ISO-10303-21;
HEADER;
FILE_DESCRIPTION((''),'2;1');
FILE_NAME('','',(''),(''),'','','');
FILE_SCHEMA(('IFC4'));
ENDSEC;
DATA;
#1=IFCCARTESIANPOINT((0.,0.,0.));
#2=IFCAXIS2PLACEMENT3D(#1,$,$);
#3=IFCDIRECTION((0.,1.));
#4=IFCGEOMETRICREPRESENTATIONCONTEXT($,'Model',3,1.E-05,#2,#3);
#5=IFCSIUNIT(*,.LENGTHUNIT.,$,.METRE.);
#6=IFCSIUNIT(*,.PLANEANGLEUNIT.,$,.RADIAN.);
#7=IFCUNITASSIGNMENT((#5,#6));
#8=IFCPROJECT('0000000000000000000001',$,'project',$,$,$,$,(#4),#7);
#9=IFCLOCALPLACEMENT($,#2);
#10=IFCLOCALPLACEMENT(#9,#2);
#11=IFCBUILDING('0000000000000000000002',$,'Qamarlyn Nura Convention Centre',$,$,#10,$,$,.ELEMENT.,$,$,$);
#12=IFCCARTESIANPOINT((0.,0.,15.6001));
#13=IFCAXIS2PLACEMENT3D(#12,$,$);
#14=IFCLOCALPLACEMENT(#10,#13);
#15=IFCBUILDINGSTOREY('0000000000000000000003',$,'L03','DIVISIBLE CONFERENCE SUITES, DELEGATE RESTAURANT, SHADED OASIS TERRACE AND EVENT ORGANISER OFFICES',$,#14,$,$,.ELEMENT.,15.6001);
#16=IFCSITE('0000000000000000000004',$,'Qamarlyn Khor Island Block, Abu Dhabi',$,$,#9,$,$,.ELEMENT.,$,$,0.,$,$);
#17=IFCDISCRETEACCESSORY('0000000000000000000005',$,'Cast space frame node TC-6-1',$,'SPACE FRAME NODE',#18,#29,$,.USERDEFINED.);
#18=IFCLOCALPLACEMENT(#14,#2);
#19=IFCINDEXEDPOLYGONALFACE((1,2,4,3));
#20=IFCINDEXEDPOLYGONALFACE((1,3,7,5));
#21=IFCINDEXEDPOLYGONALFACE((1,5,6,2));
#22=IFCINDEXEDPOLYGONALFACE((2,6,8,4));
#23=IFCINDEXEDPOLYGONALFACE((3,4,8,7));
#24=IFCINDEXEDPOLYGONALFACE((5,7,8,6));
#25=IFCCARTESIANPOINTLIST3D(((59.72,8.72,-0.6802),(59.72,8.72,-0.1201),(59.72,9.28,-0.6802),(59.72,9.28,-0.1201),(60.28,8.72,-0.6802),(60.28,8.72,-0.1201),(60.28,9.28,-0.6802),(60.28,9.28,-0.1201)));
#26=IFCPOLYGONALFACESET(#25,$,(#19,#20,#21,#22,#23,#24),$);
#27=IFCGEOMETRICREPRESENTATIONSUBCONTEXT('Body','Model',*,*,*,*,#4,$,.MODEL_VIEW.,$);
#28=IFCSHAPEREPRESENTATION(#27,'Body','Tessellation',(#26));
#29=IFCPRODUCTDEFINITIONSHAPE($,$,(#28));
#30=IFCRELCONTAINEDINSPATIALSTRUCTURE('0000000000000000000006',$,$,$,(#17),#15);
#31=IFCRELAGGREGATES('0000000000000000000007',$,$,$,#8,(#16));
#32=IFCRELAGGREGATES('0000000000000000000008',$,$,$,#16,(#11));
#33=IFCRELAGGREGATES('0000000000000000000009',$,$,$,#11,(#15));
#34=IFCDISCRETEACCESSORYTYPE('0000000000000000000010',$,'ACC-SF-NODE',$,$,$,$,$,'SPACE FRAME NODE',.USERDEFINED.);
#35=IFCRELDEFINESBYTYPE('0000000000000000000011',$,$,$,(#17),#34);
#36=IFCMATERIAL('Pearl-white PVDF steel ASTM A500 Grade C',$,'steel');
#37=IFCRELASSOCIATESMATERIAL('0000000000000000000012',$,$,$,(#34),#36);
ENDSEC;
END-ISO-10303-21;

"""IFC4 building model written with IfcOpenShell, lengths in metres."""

from ifc_helpers import new_model, si_unit, direction, frame, origin, origin_2d, place, context, subcontext, project, spatial, rectangle, extrude, material, type_object, element, save


model = new_model("IFC4")

# Units and contexts
model_context = context("Model", 3, precision=1e-05, world=origin(), true_north=direction((0.0, 1.0)))
body_context = subcontext(model_context, "Body", "Model", "MODEL_VIEW")
ifc_project = project(units=[si_unit("LENGTHUNIT", "METRE"), si_unit("PLANEANGLEUNIT", "RADIAN")], contexts=[model_context])

# Site, building, storey
site_placement = place(None, origin())
site = spatial("IfcSite", under=ifc_project, at=site_placement, Name="Qamarlyn Khor Island Block, Abu Dhabi", CompositionType="ELEMENT", RefElevation=0.0)
building_placement = place(site_placement, origin())
building = spatial("IfcBuilding", under=site, at=building_placement, Name="Qamarlyn Nura Convention Centre", CompositionType="ELEMENT")
storey_placement = place(building_placement, frame((0.0, 0.0, 15.6001)))
storey = spatial("IfcBuildingStorey", under=building, at=storey_placement, Name="L03", Description="DIVISIBLE CONFERENCE SUITES, DELEGATE RESTAURANT, SHADED OASIS TERRACE AND EVENT ORGANISER OFFICES", CompositionType="ELEMENT", Elevation=15.6001)

# Shared definitions
ifc_material_1 = material(Name="Pearl-white PVDF steel ASTM A500 Grade C", Category="steel")

# Discrete accessory
discrete_accessory_type = type_object("IfcDiscreteAccessoryType", Name="ACC-SF-NODE", ElementType="SPACE FRAME NODE", PredefinedType="USERDEFINED", material=ifc_material_1)
for number, where, z_axis, x_axis, name in (
    (1, (60.0, 9.0, -0.6802), (0.0, 0.0, 1.0), (1.0, 0.0, 0.0), "Cast space frame node TC-6-1"),
):
    element("IfcDiscreteAccessory", number, at=place(storey_placement, frame(where, z_axis=z_axis, x_axis=x_axis)), inside=storey, type_object=discrete_accessory_type, Name=name, ObjectType="SPACE FRAME NODE", PredefinedType="USERDEFINED", context=body_context, shape_type="SweptSolid", body=[
        extrude(rectangle(XDim=0.5601, YDim=0.5601, at=origin_2d()), origin(), (0.0, 0.0, 1.0), 0.5601),
    ])

save(model, "model.ifc")
